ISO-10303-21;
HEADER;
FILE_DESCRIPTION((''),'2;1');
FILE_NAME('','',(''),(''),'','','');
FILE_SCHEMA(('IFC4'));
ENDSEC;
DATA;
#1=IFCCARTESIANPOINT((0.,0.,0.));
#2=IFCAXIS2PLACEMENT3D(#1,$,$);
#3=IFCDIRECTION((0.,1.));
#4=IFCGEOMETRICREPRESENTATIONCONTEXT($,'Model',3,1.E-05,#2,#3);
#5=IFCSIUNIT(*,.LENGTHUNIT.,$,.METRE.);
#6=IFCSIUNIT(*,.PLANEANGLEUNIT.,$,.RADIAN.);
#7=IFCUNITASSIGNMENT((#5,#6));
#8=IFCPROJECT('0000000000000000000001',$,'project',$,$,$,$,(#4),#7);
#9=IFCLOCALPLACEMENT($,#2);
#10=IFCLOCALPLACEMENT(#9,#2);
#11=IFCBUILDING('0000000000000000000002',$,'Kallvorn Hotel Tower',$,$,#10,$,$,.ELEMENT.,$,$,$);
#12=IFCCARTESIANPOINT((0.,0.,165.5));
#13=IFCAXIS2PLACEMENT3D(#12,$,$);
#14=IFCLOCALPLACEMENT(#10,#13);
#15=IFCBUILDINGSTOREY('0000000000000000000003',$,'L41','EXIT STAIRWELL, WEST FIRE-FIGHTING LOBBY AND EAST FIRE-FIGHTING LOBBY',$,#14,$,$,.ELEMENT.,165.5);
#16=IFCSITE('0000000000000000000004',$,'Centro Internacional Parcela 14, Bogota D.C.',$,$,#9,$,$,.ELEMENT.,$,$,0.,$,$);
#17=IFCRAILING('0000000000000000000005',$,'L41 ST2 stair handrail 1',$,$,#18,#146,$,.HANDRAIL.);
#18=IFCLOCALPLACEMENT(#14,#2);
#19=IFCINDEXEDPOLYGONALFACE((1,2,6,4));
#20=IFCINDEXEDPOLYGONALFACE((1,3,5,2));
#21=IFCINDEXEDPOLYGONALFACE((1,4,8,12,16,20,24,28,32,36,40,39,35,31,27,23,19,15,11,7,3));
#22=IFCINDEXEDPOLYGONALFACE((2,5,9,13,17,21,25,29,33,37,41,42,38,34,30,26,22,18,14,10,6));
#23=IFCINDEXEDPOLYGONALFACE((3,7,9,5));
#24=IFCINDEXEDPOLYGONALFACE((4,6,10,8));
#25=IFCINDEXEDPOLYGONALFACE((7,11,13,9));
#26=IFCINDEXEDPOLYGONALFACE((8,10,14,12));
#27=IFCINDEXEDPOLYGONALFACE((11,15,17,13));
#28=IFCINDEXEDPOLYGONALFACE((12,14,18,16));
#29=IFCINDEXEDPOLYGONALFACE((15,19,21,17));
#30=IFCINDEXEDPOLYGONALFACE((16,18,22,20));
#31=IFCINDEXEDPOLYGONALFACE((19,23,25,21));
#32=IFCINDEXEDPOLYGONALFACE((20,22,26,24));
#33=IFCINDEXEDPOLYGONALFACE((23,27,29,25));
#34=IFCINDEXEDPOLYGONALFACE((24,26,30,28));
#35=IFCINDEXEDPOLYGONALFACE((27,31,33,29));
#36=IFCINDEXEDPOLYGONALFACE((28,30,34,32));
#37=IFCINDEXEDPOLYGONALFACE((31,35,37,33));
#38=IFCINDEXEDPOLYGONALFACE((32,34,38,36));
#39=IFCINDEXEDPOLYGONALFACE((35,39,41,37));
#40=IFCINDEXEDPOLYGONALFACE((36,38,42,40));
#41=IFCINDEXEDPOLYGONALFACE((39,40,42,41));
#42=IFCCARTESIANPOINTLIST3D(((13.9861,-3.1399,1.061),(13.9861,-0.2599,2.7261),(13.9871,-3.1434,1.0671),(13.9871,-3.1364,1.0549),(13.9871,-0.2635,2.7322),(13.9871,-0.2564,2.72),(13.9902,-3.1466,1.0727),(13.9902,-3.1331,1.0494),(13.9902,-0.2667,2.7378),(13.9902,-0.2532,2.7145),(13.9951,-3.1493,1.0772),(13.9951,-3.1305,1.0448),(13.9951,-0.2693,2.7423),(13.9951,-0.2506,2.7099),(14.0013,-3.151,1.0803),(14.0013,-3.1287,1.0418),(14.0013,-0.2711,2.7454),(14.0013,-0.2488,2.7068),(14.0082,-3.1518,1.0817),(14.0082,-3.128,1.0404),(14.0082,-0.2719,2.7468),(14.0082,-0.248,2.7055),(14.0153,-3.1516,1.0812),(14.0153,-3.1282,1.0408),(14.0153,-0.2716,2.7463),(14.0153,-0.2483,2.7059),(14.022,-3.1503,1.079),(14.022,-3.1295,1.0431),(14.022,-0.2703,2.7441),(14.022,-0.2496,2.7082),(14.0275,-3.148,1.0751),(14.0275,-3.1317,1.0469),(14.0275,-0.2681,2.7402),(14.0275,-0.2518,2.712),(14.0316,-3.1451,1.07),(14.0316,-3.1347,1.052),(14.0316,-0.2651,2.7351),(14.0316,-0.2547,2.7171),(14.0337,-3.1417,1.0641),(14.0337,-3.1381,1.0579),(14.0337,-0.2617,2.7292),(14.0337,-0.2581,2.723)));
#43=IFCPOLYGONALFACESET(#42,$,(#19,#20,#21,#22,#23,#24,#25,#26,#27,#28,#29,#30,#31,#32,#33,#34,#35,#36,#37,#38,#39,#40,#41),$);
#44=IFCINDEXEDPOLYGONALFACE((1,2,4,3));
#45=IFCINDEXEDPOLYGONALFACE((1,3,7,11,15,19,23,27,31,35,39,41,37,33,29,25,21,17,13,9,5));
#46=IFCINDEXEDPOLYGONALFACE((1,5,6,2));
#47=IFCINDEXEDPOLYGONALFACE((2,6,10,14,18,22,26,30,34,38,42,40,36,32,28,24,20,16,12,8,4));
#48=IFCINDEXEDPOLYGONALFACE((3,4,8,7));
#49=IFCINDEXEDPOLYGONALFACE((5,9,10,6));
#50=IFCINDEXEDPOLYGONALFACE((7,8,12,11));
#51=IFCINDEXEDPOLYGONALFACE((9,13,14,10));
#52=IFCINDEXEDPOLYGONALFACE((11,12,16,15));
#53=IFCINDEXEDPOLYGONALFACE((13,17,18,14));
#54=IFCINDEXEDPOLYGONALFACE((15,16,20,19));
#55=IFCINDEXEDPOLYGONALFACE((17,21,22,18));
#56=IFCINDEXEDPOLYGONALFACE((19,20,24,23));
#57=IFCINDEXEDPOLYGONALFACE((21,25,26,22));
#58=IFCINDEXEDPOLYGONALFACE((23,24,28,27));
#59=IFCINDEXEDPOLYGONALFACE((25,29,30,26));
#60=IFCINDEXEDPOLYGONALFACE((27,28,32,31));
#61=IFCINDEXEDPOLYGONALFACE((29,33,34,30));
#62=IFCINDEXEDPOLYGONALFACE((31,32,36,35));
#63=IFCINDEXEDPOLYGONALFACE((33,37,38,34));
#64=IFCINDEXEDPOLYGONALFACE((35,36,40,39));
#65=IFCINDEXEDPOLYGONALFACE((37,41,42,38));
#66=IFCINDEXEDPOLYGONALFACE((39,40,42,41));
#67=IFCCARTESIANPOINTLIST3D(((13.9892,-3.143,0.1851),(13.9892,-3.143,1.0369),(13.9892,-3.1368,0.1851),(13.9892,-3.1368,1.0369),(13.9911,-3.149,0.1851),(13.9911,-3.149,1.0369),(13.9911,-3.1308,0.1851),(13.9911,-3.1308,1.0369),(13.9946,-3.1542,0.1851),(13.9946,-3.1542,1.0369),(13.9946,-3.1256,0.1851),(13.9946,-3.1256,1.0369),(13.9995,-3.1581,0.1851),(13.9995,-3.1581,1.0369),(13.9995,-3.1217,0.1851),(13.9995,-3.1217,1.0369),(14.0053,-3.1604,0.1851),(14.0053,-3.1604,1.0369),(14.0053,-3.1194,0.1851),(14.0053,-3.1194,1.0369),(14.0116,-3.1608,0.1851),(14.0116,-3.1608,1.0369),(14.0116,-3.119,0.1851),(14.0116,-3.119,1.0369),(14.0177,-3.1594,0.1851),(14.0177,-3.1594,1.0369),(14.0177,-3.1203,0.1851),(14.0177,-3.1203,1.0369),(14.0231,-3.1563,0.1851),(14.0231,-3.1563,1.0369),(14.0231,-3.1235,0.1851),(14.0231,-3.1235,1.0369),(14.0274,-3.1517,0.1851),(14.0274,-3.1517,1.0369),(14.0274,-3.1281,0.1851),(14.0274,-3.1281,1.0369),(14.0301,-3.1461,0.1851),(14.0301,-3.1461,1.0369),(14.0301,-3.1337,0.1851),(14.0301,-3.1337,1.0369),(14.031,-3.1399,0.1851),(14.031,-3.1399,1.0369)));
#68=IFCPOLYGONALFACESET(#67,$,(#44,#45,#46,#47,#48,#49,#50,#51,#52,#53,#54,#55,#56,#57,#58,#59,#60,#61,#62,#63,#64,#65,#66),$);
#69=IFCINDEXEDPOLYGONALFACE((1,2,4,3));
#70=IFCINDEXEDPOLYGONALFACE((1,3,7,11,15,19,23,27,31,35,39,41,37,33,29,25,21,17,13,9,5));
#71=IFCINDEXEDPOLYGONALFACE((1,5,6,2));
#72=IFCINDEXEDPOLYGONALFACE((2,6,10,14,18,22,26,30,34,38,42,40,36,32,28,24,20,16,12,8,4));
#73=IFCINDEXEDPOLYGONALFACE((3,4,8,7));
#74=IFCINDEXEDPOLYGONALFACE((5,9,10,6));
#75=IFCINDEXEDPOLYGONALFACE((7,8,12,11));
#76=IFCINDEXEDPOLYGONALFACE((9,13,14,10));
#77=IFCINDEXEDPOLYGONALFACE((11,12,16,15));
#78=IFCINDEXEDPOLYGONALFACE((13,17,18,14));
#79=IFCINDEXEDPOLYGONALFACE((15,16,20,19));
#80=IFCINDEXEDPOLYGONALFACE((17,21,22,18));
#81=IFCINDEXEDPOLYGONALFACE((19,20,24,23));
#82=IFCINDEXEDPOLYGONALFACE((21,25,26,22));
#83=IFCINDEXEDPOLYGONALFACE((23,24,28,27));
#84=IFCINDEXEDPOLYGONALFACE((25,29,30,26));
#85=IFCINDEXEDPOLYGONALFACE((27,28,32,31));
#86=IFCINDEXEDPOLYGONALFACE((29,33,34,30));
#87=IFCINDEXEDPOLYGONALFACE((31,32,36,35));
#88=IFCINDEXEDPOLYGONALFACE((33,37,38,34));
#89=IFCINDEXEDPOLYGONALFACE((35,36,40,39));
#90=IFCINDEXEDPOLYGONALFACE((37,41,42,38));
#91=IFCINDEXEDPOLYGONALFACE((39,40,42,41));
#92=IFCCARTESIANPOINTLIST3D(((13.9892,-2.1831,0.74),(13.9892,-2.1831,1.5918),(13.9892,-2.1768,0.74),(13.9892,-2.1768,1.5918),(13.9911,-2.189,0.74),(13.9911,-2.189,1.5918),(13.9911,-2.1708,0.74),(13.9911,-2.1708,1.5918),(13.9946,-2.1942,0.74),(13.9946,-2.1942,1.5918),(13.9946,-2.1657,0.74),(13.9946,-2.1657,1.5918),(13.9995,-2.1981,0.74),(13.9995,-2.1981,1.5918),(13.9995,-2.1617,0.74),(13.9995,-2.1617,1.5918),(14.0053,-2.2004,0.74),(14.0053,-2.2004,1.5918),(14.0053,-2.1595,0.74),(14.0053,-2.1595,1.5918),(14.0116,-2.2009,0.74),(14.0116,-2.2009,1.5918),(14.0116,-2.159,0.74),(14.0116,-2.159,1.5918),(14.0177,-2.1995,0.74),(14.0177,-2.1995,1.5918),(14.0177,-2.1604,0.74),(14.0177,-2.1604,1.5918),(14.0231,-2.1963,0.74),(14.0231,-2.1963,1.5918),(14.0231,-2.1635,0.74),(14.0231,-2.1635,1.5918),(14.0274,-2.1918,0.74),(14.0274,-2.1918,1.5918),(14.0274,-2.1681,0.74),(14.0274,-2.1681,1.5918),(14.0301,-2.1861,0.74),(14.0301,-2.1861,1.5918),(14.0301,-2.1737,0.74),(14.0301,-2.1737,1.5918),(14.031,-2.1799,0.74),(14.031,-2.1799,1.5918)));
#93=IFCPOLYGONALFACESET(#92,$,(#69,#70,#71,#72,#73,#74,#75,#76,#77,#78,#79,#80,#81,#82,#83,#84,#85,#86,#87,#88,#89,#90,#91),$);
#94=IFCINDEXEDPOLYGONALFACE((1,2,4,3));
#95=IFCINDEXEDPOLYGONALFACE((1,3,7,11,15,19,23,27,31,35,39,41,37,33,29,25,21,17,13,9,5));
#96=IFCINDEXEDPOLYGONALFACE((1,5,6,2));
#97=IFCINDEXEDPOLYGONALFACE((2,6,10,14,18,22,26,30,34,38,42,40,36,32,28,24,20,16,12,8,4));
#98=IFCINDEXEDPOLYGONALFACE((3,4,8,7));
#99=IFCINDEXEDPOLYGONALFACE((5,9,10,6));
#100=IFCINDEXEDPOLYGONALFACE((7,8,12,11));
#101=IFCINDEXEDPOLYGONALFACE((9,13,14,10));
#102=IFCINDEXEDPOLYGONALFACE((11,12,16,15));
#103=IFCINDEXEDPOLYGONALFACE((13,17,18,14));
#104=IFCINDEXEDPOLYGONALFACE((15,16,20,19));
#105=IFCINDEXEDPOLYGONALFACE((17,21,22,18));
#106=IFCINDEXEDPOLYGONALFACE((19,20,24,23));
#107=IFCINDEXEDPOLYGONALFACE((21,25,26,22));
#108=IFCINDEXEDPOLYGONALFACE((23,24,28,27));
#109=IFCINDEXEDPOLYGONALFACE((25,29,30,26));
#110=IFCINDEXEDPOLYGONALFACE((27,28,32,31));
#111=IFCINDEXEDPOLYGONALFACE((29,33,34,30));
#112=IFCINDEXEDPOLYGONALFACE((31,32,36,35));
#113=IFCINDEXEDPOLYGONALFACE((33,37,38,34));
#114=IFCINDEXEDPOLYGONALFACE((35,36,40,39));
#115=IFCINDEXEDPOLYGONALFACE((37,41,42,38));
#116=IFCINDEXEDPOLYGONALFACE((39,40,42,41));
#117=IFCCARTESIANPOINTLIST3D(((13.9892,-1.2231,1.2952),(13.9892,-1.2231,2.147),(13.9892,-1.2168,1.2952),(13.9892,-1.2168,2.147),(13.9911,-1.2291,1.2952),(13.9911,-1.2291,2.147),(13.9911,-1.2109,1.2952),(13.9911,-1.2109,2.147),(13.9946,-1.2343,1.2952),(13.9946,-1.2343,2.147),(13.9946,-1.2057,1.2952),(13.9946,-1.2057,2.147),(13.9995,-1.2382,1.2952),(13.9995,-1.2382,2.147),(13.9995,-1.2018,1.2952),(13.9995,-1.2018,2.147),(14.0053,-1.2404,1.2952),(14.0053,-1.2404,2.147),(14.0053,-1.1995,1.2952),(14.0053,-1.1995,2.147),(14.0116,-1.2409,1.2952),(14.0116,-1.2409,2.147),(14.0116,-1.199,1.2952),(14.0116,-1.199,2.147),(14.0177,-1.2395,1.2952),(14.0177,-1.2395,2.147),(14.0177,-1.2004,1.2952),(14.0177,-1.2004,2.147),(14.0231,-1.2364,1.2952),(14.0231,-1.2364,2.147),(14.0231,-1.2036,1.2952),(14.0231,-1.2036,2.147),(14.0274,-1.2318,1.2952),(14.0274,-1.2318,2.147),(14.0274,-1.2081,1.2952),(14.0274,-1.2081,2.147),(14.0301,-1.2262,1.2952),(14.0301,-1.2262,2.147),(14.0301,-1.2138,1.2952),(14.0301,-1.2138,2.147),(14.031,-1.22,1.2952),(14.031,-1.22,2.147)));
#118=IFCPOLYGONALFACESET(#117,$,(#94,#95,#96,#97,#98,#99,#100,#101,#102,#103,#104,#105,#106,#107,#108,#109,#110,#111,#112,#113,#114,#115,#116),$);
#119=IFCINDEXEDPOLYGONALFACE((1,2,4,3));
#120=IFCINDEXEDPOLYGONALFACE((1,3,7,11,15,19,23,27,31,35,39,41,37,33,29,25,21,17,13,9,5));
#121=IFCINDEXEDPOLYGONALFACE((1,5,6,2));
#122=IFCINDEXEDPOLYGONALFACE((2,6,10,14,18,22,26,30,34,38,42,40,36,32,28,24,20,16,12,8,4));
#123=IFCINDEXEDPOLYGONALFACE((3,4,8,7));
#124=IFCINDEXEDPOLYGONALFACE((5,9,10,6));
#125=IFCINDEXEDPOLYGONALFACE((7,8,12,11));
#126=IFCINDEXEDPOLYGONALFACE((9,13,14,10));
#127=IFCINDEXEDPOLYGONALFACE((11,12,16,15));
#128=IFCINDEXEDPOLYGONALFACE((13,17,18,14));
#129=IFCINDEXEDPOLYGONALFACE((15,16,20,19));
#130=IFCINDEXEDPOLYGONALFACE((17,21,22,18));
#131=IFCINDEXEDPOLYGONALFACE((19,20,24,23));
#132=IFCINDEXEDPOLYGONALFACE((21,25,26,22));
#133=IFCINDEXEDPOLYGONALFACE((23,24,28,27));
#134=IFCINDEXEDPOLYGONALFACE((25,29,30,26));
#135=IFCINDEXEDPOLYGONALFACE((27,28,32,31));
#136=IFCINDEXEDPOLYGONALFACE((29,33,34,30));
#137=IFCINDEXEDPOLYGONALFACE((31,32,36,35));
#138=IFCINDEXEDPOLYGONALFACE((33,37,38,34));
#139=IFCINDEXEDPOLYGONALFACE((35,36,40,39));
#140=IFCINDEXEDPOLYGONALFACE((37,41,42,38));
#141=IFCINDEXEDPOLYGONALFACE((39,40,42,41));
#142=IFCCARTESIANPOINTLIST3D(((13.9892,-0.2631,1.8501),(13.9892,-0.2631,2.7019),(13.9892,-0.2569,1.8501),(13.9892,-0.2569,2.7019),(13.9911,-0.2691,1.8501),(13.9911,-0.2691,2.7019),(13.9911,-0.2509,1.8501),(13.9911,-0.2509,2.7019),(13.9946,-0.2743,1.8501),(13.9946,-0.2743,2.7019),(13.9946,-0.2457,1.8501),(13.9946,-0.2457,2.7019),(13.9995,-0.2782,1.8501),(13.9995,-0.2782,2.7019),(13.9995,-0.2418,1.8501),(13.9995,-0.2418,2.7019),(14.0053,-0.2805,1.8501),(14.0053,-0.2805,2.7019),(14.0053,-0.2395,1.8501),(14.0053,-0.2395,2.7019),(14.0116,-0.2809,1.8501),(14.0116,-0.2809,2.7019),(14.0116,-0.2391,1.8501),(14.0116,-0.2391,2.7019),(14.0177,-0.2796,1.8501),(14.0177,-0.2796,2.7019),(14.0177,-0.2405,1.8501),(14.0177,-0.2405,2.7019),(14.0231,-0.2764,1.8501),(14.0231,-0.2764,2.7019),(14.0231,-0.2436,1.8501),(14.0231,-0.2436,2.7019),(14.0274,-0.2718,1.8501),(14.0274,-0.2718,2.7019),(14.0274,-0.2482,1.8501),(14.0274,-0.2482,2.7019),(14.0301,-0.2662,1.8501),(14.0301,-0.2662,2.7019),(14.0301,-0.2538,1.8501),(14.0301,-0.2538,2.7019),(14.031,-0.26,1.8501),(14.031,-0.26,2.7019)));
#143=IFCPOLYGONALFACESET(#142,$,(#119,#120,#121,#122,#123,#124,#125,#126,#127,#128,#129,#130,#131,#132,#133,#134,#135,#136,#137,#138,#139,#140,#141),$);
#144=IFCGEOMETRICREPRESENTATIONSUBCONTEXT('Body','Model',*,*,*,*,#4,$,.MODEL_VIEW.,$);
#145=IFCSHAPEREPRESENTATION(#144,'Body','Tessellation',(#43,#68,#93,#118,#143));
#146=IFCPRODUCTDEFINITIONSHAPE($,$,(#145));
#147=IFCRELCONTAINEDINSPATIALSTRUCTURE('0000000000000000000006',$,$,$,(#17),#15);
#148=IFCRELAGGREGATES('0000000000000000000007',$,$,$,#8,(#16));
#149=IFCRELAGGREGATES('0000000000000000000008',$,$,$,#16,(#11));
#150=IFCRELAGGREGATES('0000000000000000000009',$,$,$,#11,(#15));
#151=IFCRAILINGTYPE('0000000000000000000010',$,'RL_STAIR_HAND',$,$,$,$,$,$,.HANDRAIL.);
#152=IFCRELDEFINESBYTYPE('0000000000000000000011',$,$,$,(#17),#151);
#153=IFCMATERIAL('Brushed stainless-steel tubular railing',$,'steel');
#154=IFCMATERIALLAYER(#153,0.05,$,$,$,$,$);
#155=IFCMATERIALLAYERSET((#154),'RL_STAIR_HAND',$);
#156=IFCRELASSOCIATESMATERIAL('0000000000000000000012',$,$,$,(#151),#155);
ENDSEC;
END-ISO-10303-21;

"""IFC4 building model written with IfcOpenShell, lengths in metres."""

from ifc_helpers import new_model, si_unit, direction, frame, origin, origin_2d, place, context, subcontext, project, spatial, circle, extrude, material, layer, layer_set, type_object, element, save


model = new_model("IFC4")

# Units and contexts
model_context = context("Model", 3, precision=1e-05, world=origin(), true_north=direction((0.0, 1.0)))
body_context = subcontext(model_context, "Body", "Model", "MODEL_VIEW")
ifc_project = project(units=[si_unit("LENGTHUNIT", "METRE"), si_unit("PLANEANGLEUNIT", "RADIAN")], contexts=[model_context])

# Site, building, storey
site_placement = place(None, origin())
site = spatial("IfcSite", under=ifc_project, at=site_placement, Name="Centro Internacional Parcela 14, Bogota D.C.", CompositionType="ELEMENT", RefElevation=0.0)
building_placement = place(site_placement, origin())
building = spatial("IfcBuilding", under=site, at=building_placement, Name="Kallvorn Hotel Tower", CompositionType="ELEMENT")
storey_placement = place(building_placement, frame((0.0, 0.0, 165.5)))
storey = spatial("IfcBuildingStorey", under=building, at=storey_placement, Name="L41", Description="EXIT STAIRWELL, WEST FIRE-FIGHTING LOBBY AND EAST FIRE-FIGHTING LOBBY", CompositionType="ELEMENT", Elevation=165.5)

# Railing
ifc_material_1 = material(Name="Brushed stainless-steel tubular railing", Category="steel")
ifc_layer_1 = layer(ifc_material_1, 0.05)
ifc_layer_set_1 = layer_set([ifc_layer_1], Name="RL_STAIR_HAND")
railing_type_1 = type_object("IfcRailingType", Name="RL_STAIR_HAND", PredefinedType="HANDRAIL", material=ifc_layer_set_1)
railing_1_placement = place(storey_placement, frame((14.01, -3.1399, 0.1851)))
element("IfcRailing", 1, at=railing_1_placement, inside=storey, type_object=railing_type_1, Name="L41 ST2 stair handrail 1", PredefinedType="HANDRAIL", context=body_context, shape_type="SweptSolid", body=[
    extrude(circle(Radius=0.0239, at=origin_2d()), frame((0.0, 0.0, 0.876), z_axis=(0.0, 0.865721, 0.500527), x_axis=(-1.0, 0.0, 0.0)), (0.0, 0.0, 1.0), 3.3267),
    extrude(circle(Radius=0.021, at=origin_2d()), origin(), (0.0, 0.0, 1.0), 0.8518),
    extrude(circle(Radius=0.021, at=origin_2d()), frame((0.0, 0.96, 0.5549)), (0.0, 0.0, 1.0), 0.8518),
    extrude(circle(Radius=0.021, at=origin_2d()), frame((0.0, 1.9199, 1.1101)), (0.0, 0.0, 1.0), 0.8518),
    extrude(circle(Radius=0.021, at=origin_2d()), frame((0.0, 2.8799, 1.665)), (0.0, 0.0, 1.0), 0.8518),
])

save(model, "model.ifc")
